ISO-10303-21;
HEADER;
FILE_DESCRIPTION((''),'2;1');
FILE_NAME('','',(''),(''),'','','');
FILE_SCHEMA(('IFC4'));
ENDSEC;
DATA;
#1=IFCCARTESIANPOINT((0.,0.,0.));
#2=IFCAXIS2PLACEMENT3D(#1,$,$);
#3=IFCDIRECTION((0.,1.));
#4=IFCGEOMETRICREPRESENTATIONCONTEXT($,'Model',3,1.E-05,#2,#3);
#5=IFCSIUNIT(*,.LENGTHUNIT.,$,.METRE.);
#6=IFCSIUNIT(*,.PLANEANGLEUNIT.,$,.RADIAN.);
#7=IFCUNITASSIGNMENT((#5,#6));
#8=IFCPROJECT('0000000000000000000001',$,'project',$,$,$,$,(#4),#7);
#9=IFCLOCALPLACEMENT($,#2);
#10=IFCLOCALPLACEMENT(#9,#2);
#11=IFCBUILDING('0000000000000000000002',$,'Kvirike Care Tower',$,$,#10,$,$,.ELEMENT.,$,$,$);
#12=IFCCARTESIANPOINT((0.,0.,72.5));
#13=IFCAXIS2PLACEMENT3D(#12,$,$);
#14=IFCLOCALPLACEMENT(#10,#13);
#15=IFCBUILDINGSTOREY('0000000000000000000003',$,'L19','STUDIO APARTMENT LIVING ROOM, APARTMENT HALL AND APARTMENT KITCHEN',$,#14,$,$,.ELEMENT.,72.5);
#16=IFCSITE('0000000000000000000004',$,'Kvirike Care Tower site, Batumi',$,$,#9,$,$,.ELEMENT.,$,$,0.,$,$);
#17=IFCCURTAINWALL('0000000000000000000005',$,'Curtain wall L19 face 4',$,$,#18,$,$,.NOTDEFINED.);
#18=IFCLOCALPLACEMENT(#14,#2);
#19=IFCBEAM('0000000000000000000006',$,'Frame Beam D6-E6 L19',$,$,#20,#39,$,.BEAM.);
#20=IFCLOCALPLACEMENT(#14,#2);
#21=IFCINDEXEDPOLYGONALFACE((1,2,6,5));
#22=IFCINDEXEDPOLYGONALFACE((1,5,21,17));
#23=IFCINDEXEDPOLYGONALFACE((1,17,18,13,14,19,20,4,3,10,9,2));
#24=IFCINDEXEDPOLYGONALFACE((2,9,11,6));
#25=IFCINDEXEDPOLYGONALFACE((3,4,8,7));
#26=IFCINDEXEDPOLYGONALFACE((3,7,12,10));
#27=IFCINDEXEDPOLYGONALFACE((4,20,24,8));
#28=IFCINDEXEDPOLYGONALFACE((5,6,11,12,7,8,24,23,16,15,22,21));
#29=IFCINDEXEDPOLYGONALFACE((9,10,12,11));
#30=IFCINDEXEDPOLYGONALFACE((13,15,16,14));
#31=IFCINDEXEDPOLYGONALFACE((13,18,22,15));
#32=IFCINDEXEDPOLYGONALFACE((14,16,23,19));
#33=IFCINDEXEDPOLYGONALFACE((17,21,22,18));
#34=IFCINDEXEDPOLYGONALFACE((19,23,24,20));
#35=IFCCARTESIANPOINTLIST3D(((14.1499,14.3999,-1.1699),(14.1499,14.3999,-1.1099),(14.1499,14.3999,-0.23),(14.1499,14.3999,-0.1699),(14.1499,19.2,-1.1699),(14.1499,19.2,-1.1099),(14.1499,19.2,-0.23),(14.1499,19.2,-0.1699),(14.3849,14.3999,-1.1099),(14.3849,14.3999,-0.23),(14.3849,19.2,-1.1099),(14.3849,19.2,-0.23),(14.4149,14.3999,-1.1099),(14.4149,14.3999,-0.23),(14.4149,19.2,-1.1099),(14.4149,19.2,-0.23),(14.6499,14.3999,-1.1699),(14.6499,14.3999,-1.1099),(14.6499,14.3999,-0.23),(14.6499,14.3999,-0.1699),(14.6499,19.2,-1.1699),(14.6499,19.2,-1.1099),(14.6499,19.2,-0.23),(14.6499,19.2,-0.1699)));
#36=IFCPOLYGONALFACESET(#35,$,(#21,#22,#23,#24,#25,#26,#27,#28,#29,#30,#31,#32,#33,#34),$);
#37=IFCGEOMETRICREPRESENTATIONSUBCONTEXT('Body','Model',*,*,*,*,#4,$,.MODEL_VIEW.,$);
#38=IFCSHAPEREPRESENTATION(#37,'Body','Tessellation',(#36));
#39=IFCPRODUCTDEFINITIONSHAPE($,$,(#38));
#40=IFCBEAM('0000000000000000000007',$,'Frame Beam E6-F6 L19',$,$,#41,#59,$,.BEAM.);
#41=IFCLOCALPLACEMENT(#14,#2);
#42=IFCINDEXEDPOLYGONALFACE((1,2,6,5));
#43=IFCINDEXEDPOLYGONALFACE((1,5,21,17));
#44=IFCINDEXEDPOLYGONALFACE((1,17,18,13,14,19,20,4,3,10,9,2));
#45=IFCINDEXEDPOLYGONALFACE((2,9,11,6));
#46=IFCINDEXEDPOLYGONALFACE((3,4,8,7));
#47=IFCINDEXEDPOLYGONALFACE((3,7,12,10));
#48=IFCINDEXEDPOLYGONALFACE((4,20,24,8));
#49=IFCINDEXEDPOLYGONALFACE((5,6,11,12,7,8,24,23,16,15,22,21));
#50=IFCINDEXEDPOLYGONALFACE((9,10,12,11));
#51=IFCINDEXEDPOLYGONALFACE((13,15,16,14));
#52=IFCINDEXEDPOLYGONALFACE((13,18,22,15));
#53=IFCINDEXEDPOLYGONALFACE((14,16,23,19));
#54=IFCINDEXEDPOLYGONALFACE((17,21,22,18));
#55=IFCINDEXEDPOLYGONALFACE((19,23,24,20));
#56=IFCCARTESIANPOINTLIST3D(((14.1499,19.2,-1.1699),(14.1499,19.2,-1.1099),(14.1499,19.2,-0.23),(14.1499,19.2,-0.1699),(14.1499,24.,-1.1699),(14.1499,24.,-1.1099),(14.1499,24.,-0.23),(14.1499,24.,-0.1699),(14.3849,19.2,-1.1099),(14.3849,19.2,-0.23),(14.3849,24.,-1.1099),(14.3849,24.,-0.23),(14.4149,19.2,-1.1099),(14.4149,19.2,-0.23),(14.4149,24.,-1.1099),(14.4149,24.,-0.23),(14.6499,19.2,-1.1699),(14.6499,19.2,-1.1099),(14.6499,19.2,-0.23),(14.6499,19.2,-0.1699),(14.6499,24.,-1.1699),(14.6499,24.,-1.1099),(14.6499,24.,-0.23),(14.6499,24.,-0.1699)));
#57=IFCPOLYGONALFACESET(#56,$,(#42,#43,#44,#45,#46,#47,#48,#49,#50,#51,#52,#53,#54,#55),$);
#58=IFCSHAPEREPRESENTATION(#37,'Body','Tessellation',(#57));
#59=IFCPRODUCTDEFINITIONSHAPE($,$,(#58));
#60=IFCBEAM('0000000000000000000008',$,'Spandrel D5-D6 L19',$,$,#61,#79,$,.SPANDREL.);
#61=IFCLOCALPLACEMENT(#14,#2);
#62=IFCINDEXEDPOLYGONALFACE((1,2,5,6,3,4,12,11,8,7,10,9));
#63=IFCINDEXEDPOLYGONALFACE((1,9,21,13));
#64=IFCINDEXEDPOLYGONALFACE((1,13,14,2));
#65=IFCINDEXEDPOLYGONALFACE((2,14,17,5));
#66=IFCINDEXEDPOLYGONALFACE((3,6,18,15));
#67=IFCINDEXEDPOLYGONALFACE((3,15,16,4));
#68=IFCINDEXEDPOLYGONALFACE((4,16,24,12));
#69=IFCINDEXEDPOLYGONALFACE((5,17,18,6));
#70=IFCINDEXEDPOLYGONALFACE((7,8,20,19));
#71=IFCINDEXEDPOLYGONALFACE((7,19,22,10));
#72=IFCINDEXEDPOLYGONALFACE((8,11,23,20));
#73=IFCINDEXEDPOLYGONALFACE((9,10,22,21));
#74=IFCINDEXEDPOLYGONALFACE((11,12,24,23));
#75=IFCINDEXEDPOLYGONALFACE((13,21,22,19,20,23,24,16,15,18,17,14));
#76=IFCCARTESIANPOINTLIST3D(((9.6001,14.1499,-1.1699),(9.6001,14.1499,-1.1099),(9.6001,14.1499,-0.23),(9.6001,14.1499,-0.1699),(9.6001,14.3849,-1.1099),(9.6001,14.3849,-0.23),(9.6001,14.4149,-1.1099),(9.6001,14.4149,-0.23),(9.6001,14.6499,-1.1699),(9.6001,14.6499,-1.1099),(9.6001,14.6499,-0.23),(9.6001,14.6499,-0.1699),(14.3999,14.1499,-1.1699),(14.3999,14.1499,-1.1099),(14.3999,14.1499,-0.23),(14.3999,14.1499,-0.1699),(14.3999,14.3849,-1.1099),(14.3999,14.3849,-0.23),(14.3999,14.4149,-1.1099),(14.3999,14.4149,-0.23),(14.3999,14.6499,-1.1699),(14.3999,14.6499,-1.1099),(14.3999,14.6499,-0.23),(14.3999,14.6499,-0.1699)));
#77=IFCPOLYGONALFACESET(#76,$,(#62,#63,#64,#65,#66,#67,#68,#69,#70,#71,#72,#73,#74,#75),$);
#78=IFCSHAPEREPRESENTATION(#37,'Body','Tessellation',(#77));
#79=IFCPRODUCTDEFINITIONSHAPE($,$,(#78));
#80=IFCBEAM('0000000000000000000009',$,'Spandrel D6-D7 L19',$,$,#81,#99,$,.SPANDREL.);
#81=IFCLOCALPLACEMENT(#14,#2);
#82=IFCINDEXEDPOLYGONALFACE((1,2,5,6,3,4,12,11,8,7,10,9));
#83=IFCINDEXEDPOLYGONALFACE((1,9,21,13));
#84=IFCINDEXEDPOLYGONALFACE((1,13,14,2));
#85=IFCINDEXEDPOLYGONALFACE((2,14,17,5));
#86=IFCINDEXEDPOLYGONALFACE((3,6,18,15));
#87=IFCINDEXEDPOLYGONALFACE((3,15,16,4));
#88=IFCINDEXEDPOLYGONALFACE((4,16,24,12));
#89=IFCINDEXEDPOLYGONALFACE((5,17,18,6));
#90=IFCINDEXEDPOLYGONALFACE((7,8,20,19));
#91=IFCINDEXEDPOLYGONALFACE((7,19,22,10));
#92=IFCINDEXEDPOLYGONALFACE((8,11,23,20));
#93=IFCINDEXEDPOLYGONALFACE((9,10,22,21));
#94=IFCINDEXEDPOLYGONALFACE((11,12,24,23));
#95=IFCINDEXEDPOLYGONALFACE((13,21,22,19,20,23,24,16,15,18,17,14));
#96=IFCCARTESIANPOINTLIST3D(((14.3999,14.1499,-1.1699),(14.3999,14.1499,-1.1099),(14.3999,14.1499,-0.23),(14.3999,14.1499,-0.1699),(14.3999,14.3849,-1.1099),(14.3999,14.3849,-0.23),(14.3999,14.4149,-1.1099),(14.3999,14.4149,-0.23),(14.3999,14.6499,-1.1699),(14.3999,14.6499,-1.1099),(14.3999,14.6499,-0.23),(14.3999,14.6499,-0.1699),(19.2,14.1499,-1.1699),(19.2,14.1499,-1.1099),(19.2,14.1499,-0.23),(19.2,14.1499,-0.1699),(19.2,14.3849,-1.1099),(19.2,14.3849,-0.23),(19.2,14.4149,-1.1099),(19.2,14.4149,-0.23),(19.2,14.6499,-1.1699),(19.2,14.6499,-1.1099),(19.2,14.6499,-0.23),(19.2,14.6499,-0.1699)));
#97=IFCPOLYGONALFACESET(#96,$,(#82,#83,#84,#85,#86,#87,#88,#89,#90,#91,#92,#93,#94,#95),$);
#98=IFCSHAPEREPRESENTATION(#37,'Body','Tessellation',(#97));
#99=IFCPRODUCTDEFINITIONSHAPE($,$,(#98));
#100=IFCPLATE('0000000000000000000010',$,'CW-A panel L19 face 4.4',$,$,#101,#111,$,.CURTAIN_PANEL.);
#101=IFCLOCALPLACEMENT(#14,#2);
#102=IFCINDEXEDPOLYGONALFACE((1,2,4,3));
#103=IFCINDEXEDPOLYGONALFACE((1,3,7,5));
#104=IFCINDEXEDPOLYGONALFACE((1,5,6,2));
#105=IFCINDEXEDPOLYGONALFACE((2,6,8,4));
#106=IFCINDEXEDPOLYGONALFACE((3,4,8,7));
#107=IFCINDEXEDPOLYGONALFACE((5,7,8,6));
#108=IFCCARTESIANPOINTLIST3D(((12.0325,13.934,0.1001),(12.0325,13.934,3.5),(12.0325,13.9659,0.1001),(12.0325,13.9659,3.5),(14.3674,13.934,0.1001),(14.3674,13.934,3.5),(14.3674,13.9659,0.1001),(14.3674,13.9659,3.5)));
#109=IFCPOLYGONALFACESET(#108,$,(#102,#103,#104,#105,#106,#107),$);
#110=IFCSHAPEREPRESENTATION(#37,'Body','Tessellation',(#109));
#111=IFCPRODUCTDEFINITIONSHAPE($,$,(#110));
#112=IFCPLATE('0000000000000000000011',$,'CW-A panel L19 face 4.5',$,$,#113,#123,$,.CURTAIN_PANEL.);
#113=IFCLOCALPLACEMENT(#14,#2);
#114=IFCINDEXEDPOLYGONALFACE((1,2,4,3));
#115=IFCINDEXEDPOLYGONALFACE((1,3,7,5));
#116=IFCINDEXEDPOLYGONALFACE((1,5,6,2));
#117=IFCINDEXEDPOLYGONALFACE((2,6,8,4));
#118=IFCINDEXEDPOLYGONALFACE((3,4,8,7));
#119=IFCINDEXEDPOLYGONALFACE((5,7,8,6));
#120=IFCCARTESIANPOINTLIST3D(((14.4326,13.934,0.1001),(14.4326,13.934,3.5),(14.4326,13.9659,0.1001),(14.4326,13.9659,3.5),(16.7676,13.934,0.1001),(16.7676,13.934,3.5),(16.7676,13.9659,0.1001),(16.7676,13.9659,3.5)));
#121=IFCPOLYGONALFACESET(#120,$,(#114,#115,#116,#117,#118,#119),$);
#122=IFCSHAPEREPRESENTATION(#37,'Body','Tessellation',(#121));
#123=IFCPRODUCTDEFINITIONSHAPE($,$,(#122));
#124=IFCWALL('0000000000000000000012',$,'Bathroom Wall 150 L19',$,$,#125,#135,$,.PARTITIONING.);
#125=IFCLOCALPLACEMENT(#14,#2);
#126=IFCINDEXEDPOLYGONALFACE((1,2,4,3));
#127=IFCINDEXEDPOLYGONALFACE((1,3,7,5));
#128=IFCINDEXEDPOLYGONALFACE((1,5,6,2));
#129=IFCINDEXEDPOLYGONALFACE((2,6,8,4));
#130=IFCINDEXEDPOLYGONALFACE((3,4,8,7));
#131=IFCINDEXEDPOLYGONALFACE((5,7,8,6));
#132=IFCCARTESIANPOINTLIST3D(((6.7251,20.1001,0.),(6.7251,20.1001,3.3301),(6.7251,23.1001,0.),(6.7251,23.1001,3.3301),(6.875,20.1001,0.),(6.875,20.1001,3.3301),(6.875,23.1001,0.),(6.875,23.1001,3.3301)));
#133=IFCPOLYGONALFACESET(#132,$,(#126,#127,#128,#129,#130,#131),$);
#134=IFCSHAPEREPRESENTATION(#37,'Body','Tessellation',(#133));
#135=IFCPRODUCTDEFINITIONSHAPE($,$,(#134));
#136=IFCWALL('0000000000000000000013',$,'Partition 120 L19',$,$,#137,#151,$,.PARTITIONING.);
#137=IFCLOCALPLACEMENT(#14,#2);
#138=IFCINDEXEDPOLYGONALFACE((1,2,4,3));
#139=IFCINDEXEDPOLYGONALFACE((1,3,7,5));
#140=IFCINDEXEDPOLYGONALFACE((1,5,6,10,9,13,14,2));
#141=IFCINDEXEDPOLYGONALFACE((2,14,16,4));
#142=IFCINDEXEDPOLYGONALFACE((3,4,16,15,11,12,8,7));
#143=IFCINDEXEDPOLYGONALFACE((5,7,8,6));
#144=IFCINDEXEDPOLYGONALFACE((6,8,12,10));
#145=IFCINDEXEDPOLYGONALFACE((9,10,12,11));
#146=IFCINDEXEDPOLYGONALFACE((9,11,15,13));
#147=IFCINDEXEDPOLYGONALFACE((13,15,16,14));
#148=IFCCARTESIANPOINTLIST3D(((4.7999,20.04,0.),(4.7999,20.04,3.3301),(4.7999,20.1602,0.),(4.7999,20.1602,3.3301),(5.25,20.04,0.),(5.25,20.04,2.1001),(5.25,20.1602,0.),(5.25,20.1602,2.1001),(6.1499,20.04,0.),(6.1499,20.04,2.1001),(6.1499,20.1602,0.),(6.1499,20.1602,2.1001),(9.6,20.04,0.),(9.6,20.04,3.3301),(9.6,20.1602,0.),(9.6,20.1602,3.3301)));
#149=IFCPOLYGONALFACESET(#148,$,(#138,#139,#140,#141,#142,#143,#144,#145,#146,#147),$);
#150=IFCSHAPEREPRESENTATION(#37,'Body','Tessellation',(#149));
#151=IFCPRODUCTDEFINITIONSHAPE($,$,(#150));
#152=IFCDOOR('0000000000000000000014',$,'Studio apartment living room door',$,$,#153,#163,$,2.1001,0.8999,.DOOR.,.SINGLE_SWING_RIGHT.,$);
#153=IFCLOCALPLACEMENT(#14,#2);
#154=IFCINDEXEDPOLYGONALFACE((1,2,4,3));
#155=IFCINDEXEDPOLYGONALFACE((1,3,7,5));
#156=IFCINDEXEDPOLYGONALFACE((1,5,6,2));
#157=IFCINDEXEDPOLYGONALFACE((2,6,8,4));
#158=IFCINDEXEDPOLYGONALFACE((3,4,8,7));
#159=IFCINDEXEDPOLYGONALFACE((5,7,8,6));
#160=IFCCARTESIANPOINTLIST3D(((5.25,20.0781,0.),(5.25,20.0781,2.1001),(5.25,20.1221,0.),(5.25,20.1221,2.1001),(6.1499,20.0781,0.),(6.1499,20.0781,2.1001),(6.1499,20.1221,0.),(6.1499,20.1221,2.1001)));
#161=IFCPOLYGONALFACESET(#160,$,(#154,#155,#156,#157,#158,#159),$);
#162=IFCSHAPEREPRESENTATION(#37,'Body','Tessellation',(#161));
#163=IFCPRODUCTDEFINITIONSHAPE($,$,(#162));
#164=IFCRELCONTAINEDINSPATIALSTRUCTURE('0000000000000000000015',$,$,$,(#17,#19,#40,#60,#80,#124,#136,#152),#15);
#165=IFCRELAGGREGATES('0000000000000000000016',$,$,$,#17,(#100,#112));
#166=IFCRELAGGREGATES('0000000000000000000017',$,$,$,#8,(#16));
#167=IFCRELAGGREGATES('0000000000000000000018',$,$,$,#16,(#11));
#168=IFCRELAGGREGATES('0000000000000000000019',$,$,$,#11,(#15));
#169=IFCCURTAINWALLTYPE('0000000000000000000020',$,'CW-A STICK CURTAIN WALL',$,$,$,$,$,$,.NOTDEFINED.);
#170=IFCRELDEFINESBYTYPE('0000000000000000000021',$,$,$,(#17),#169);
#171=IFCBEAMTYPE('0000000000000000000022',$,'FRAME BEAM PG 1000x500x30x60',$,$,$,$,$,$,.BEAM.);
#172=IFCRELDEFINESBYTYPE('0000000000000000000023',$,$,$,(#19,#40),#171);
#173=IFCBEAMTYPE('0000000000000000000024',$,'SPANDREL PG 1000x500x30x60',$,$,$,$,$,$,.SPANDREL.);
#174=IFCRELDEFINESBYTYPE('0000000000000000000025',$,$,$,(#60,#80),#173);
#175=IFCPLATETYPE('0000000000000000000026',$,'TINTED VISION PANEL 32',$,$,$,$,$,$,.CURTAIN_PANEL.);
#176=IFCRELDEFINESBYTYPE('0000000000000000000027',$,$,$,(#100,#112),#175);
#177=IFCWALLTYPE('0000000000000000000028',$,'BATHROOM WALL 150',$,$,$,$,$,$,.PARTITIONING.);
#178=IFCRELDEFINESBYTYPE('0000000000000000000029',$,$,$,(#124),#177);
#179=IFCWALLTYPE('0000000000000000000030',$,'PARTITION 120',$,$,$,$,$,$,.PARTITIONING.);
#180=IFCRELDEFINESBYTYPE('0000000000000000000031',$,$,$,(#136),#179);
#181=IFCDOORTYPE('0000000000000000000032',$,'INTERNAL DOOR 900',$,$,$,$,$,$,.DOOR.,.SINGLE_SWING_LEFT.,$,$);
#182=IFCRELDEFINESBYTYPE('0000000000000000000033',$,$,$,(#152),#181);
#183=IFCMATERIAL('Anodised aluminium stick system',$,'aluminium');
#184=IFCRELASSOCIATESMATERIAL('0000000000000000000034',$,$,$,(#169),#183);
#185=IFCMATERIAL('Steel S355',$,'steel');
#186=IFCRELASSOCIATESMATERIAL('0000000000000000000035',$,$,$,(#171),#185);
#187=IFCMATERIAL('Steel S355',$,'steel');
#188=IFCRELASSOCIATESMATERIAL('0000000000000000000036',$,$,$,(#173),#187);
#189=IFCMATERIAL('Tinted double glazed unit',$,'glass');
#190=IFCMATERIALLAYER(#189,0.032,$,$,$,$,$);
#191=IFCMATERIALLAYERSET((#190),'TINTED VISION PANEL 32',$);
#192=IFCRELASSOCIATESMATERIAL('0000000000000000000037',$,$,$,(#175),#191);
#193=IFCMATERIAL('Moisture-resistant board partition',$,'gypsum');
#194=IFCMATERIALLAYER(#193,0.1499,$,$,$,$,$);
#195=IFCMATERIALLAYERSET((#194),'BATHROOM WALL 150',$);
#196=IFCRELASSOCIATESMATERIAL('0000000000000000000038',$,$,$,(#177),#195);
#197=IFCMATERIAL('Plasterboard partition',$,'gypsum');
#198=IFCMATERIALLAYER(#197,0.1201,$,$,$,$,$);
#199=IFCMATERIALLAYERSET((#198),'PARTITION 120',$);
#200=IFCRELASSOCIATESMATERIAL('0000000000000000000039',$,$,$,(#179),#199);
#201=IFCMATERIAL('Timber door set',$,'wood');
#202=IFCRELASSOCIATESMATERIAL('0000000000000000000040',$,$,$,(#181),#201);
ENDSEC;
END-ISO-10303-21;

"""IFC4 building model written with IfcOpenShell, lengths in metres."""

from ifc_helpers import new_model, si_unit, direction, frame, frame_2d, origin, origin_2d, place, context, subcontext, project, spatial, rectangle, i_section, extrude, material, layer, layer_set, material_profile, profile_set, type_object, element, fill, aggregate, save


model = new_model("IFC4")

# Units and contexts
model_context = context("Model", 3, precision=1e-05, world=origin(), true_north=direction((0.0, 1.0)))
body_context = subcontext(model_context, "Body", "Model", "MODEL_VIEW")
ifc_project = project(units=[si_unit("LENGTHUNIT", "METRE"), si_unit("PLANEANGLEUNIT", "RADIAN")], contexts=[model_context])

# Site, building, storey
site_placement = place(None, origin())
site = spatial("IfcSite", under=ifc_project, at=site_placement, Name="Kvirike Care Tower site, Batumi", CompositionType="ELEMENT", RefElevation=0.0)
building_placement = place(site_placement, origin())
building = spatial("IfcBuilding", under=site, at=building_placement, Name="Kvirike Care Tower", CompositionType="ELEMENT")
storey_placement = place(building_placement, frame((0.0, 0.0, 72.5)))
storey = spatial("IfcBuildingStorey", under=building, at=storey_placement, Name="L19", Description="STUDIO APARTMENT LIVING ROOM, APARTMENT HALL AND APARTMENT KITCHEN", CompositionType="ELEMENT", Elevation=72.5)

# Curtain wall
ifc_material_1 = material(Name="Anodised aluminium stick system", Category="aluminium")
curtain_wall_type = type_object("IfcCurtainWallType", Name="CW-A STICK CURTAIN WALL", PredefinedType="NOTDEFINED", material=ifc_material_1)
curtain_wall_placement = place(storey_placement, origin())
curtain_wall = element("IfcCurtainWall", 1, at=curtain_wall_placement, inside=storey, type_object=curtain_wall_type, Name="Curtain wall L19 face 4", PredefinedType="NOTDEFINED")

# Beams
ifc_material_2 = material(Name="Steel S355", Category="steel")
ifc_material_profile_1 = material_profile(ifc_material_2, i_section(OverallWidth=0.5, OverallDepth=1.0, WebThickness=0.03, FlangeThickness=0.0601, at=origin_2d()), Name="PG 1000x500x30x60")
ifc_profile_set_1 = profile_set([ifc_material_profile_1], Name="Steel S355")
beam_type_1 = type_object("IfcBeamType", Name="FRAME BEAM PG 1000x500x30x60", PredefinedType="BEAM", material=ifc_profile_set_1)
for number, where, z_axis, x_axis, name in (
    (2, (14.3999, 14.3999, -0.6699), (0.0, 1.0, 0.0), (-1.0, 0.0, 0.0), "Frame Beam D6-E6 L19"),
    (3, (14.3999, 19.2, -0.6699), (0.0, 1.0, 0.0), (-1.0, 0.0, 0.0), "Frame Beam E6-F6 L19"),
):
    element("IfcBeam", number, at=place(storey_placement, frame(where, z_axis=z_axis, x_axis=x_axis)), inside=storey, type_object=beam_type_1, Name=name, PredefinedType="BEAM", context=body_context, shape_type="SweptSolid", body=[
        extrude(i_section(OverallWidth=0.5, OverallDepth=1.0, WebThickness=0.03, FlangeThickness=0.0601, at=origin_2d()), origin(), (0.0, 0.0, 1.0), 4.8),
    ])
ifc_material_3 = material(Name="Steel S355", Category="steel")
ifc_material_profile_2 = material_profile(ifc_material_3, i_section(OverallWidth=0.5, OverallDepth=1.0, WebThickness=0.03, FlangeThickness=0.0601, at=origin_2d()), Name="PG 1000x500x30x60")
ifc_profile_set_2 = profile_set([ifc_material_profile_2], Name="Steel S355")
beam_type_2 = type_object("IfcBeamType", Name="SPANDREL PG 1000x500x30x60", PredefinedType="SPANDREL", material=ifc_profile_set_2)
beam_1_placement = place(storey_placement, frame((9.6001, 14.3999, -0.6699), z_axis=(1.0, 0.0, 0.0), x_axis=(0.0, 1.0, 0.0)))
element("IfcBeam", 4, at=beam_1_placement, inside=storey, type_object=beam_type_2, Name="Spandrel D5-D6 L19", PredefinedType="SPANDREL", context=body_context, shape_type="SweptSolid", body=[
    extrude(i_section(OverallWidth=0.5, OverallDepth=1.0, WebThickness=0.03, FlangeThickness=0.0601, at=origin_2d()), origin(), (0.0, 0.0, 1.0), 4.7998),
])
beam_2_placement = place(storey_placement, frame((14.3999, 14.3999, -0.6699), z_axis=(1.0, 0.0, 0.0), x_axis=(0.0, 1.0, 0.0)))
element("IfcBeam", 5, at=beam_2_placement, inside=storey, type_object=beam_type_2, Name="Spandrel D6-D7 L19", PredefinedType="SPANDREL", context=body_context, shape_type="SweptSolid", body=[
    extrude(i_section(OverallWidth=0.5, OverallDepth=1.0, WebThickness=0.03, FlangeThickness=0.0601, at=origin_2d()), origin(), (0.0, 0.0, 1.0), 4.8),
])

# Plates
ifc_material_4 = material(Name="Tinted double glazed unit", Category="glass")
ifc_layer_1 = layer(ifc_material_4, 0.032)
ifc_layer_set_1 = layer_set([ifc_layer_1], Name="TINTED VISION PANEL 32")
plate_type = type_object("IfcPlateType", Name="TINTED VISION PANEL 32", PredefinedType="CURTAIN_PANEL", material=ifc_layer_set_1)
plate_1_placement = place(storey_placement, frame((13.2, 13.95, 0.1001), z_axis=(0.0, 0.0, 1.0), x_axis=(1.0, 0.0, 0.0)))
plate_1 = element("IfcPlate", 6, at=plate_1_placement, type_object=plate_type, Name="CW-A panel L19 face 4.4", PredefinedType="CURTAIN_PANEL", context=body_context, shape_type="SweptSolid", body=[
    extrude(rectangle(XDim=2.335, YDim=0.032, at=origin_2d()), origin(), (0.0, 0.0, 1.0), 3.3999),
])
plate_2_placement = place(storey_placement, frame((15.6001, 13.95, 0.1001), z_axis=(0.0, 0.0, 1.0), x_axis=(1.0, 0.0, 0.0)))
plate_2 = element("IfcPlate", 7, at=plate_2_placement, type_object=plate_type, Name="CW-A panel L19 face 4.5", PredefinedType="CURTAIN_PANEL", context=body_context, shape_type="SweptSolid", body=[
    extrude(rectangle(XDim=2.335, YDim=0.032, at=origin_2d()), origin(), (0.0, 0.0, 1.0), 3.3999),
])
aggregate(curtain_wall, [plate_1, plate_2])

# Wall
ifc_material_5 = material(Name="Moisture-resistant board partition", Category="gypsum")
ifc_layer_2 = layer(ifc_material_5, 0.1499)
ifc_layer_set_2 = layer_set([ifc_layer_2], Name="BATHROOM WALL 150")
wall_type_1 = type_object("IfcWallType", Name="BATHROOM WALL 150", PredefinedType="PARTITIONING", material=ifc_layer_set_2)
wall_1_placement = place(storey_placement, frame((6.8, 20.1001, 0.0), z_axis=(0.0, 0.0, 1.0), x_axis=(0.0, 1.0, 0.0)))
element("IfcWall", 8, at=wall_1_placement, inside=storey, type_object=wall_type_1, Name="Bathroom Wall 150 L19", PredefinedType="PARTITIONING", context=body_context, shape_type="SweptSolid", body=[
    extrude(rectangle(XDim=3.0, YDim=0.1499, at=frame_2d((1.5, 0.0))), origin(), (0.0, 0.0, 1.0), 3.3301),
])

# Wall, opening, door
ifc_material_6 = material(Name="Plasterboard partition", Category="gypsum")
ifc_layer_3 = layer(ifc_material_6, 0.1201)
ifc_layer_set_3 = layer_set([ifc_layer_3], Name="PARTITION 120")
wall_type_2 = type_object("IfcWallType", Name="PARTITION 120", PredefinedType="PARTITIONING", material=ifc_layer_set_3)
wall_2_placement = place(storey_placement, frame((4.8, 20.1001, 0.0), z_axis=(0.0, 0.0, 1.0), x_axis=(1.0, 0.0, 0.0)))
wall_2 = element("IfcWall", 9, at=wall_2_placement, inside=storey, type_object=wall_type_2, Name="Partition 120 L19", PredefinedType="PARTITIONING", context=body_context, shape_type="SweptSolid", body=[
    extrude(rectangle(XDim=4.8, YDim=0.1201, at=frame_2d((2.3999, 0.0))), origin(), (0.0, 0.0, 1.0), 3.3301),
])
opening_1_placement = place(wall_2_placement, frame((0.45, 0.0, 0.0)))
opening_1 = element("IfcOpeningElement", 10, at=opening_1_placement, cuts=wall_2, PredefinedType="OPENING", context=body_context, shape_type="SweptSolid", body=[
    extrude(rectangle(XDim=0.8999, YDim=2.1001, at=frame_2d((0.45, 1.05))), frame((0.0, 0.0706, 0.0), z_axis=(0.0, -1.0, 0.0), x_axis=(1.0, 0.0, 0.0)), (0.0, 0.0, 1.0), 0.1411),
])
ifc_material_7 = material(Name="Timber door set", Category="wood")
door_type = type_object("IfcDoorType", Name="INTERNAL DOOR 900", OperationType="SINGLE_SWING_LEFT", PredefinedType="DOOR", material=ifc_material_7)
door_1_placement = place(opening_1_placement, origin())
door_1 = element("IfcDoor", 11, at=door_1_placement, inside=storey, type_object=door_type, Name="Studio apartment living room door", OperationType="SINGLE_SWING_RIGHT", OverallHeight=2.1001, OverallWidth=0.8999, PredefinedType="DOOR", context=body_context, shape_type="SweptSolid", body=[
    extrude(rectangle(XDim=0.8999, YDim=2.1001, at=frame_2d((0.45, 1.05))), frame((0.0, 0.022, 0.0), z_axis=(0.0, -1.0, 0.0), x_axis=(1.0, 0.0, 0.0)), (0.0, 0.0, 1.0), 0.0439),
])
fill(opening_1, door_1)

save(model, "model.ifc")
